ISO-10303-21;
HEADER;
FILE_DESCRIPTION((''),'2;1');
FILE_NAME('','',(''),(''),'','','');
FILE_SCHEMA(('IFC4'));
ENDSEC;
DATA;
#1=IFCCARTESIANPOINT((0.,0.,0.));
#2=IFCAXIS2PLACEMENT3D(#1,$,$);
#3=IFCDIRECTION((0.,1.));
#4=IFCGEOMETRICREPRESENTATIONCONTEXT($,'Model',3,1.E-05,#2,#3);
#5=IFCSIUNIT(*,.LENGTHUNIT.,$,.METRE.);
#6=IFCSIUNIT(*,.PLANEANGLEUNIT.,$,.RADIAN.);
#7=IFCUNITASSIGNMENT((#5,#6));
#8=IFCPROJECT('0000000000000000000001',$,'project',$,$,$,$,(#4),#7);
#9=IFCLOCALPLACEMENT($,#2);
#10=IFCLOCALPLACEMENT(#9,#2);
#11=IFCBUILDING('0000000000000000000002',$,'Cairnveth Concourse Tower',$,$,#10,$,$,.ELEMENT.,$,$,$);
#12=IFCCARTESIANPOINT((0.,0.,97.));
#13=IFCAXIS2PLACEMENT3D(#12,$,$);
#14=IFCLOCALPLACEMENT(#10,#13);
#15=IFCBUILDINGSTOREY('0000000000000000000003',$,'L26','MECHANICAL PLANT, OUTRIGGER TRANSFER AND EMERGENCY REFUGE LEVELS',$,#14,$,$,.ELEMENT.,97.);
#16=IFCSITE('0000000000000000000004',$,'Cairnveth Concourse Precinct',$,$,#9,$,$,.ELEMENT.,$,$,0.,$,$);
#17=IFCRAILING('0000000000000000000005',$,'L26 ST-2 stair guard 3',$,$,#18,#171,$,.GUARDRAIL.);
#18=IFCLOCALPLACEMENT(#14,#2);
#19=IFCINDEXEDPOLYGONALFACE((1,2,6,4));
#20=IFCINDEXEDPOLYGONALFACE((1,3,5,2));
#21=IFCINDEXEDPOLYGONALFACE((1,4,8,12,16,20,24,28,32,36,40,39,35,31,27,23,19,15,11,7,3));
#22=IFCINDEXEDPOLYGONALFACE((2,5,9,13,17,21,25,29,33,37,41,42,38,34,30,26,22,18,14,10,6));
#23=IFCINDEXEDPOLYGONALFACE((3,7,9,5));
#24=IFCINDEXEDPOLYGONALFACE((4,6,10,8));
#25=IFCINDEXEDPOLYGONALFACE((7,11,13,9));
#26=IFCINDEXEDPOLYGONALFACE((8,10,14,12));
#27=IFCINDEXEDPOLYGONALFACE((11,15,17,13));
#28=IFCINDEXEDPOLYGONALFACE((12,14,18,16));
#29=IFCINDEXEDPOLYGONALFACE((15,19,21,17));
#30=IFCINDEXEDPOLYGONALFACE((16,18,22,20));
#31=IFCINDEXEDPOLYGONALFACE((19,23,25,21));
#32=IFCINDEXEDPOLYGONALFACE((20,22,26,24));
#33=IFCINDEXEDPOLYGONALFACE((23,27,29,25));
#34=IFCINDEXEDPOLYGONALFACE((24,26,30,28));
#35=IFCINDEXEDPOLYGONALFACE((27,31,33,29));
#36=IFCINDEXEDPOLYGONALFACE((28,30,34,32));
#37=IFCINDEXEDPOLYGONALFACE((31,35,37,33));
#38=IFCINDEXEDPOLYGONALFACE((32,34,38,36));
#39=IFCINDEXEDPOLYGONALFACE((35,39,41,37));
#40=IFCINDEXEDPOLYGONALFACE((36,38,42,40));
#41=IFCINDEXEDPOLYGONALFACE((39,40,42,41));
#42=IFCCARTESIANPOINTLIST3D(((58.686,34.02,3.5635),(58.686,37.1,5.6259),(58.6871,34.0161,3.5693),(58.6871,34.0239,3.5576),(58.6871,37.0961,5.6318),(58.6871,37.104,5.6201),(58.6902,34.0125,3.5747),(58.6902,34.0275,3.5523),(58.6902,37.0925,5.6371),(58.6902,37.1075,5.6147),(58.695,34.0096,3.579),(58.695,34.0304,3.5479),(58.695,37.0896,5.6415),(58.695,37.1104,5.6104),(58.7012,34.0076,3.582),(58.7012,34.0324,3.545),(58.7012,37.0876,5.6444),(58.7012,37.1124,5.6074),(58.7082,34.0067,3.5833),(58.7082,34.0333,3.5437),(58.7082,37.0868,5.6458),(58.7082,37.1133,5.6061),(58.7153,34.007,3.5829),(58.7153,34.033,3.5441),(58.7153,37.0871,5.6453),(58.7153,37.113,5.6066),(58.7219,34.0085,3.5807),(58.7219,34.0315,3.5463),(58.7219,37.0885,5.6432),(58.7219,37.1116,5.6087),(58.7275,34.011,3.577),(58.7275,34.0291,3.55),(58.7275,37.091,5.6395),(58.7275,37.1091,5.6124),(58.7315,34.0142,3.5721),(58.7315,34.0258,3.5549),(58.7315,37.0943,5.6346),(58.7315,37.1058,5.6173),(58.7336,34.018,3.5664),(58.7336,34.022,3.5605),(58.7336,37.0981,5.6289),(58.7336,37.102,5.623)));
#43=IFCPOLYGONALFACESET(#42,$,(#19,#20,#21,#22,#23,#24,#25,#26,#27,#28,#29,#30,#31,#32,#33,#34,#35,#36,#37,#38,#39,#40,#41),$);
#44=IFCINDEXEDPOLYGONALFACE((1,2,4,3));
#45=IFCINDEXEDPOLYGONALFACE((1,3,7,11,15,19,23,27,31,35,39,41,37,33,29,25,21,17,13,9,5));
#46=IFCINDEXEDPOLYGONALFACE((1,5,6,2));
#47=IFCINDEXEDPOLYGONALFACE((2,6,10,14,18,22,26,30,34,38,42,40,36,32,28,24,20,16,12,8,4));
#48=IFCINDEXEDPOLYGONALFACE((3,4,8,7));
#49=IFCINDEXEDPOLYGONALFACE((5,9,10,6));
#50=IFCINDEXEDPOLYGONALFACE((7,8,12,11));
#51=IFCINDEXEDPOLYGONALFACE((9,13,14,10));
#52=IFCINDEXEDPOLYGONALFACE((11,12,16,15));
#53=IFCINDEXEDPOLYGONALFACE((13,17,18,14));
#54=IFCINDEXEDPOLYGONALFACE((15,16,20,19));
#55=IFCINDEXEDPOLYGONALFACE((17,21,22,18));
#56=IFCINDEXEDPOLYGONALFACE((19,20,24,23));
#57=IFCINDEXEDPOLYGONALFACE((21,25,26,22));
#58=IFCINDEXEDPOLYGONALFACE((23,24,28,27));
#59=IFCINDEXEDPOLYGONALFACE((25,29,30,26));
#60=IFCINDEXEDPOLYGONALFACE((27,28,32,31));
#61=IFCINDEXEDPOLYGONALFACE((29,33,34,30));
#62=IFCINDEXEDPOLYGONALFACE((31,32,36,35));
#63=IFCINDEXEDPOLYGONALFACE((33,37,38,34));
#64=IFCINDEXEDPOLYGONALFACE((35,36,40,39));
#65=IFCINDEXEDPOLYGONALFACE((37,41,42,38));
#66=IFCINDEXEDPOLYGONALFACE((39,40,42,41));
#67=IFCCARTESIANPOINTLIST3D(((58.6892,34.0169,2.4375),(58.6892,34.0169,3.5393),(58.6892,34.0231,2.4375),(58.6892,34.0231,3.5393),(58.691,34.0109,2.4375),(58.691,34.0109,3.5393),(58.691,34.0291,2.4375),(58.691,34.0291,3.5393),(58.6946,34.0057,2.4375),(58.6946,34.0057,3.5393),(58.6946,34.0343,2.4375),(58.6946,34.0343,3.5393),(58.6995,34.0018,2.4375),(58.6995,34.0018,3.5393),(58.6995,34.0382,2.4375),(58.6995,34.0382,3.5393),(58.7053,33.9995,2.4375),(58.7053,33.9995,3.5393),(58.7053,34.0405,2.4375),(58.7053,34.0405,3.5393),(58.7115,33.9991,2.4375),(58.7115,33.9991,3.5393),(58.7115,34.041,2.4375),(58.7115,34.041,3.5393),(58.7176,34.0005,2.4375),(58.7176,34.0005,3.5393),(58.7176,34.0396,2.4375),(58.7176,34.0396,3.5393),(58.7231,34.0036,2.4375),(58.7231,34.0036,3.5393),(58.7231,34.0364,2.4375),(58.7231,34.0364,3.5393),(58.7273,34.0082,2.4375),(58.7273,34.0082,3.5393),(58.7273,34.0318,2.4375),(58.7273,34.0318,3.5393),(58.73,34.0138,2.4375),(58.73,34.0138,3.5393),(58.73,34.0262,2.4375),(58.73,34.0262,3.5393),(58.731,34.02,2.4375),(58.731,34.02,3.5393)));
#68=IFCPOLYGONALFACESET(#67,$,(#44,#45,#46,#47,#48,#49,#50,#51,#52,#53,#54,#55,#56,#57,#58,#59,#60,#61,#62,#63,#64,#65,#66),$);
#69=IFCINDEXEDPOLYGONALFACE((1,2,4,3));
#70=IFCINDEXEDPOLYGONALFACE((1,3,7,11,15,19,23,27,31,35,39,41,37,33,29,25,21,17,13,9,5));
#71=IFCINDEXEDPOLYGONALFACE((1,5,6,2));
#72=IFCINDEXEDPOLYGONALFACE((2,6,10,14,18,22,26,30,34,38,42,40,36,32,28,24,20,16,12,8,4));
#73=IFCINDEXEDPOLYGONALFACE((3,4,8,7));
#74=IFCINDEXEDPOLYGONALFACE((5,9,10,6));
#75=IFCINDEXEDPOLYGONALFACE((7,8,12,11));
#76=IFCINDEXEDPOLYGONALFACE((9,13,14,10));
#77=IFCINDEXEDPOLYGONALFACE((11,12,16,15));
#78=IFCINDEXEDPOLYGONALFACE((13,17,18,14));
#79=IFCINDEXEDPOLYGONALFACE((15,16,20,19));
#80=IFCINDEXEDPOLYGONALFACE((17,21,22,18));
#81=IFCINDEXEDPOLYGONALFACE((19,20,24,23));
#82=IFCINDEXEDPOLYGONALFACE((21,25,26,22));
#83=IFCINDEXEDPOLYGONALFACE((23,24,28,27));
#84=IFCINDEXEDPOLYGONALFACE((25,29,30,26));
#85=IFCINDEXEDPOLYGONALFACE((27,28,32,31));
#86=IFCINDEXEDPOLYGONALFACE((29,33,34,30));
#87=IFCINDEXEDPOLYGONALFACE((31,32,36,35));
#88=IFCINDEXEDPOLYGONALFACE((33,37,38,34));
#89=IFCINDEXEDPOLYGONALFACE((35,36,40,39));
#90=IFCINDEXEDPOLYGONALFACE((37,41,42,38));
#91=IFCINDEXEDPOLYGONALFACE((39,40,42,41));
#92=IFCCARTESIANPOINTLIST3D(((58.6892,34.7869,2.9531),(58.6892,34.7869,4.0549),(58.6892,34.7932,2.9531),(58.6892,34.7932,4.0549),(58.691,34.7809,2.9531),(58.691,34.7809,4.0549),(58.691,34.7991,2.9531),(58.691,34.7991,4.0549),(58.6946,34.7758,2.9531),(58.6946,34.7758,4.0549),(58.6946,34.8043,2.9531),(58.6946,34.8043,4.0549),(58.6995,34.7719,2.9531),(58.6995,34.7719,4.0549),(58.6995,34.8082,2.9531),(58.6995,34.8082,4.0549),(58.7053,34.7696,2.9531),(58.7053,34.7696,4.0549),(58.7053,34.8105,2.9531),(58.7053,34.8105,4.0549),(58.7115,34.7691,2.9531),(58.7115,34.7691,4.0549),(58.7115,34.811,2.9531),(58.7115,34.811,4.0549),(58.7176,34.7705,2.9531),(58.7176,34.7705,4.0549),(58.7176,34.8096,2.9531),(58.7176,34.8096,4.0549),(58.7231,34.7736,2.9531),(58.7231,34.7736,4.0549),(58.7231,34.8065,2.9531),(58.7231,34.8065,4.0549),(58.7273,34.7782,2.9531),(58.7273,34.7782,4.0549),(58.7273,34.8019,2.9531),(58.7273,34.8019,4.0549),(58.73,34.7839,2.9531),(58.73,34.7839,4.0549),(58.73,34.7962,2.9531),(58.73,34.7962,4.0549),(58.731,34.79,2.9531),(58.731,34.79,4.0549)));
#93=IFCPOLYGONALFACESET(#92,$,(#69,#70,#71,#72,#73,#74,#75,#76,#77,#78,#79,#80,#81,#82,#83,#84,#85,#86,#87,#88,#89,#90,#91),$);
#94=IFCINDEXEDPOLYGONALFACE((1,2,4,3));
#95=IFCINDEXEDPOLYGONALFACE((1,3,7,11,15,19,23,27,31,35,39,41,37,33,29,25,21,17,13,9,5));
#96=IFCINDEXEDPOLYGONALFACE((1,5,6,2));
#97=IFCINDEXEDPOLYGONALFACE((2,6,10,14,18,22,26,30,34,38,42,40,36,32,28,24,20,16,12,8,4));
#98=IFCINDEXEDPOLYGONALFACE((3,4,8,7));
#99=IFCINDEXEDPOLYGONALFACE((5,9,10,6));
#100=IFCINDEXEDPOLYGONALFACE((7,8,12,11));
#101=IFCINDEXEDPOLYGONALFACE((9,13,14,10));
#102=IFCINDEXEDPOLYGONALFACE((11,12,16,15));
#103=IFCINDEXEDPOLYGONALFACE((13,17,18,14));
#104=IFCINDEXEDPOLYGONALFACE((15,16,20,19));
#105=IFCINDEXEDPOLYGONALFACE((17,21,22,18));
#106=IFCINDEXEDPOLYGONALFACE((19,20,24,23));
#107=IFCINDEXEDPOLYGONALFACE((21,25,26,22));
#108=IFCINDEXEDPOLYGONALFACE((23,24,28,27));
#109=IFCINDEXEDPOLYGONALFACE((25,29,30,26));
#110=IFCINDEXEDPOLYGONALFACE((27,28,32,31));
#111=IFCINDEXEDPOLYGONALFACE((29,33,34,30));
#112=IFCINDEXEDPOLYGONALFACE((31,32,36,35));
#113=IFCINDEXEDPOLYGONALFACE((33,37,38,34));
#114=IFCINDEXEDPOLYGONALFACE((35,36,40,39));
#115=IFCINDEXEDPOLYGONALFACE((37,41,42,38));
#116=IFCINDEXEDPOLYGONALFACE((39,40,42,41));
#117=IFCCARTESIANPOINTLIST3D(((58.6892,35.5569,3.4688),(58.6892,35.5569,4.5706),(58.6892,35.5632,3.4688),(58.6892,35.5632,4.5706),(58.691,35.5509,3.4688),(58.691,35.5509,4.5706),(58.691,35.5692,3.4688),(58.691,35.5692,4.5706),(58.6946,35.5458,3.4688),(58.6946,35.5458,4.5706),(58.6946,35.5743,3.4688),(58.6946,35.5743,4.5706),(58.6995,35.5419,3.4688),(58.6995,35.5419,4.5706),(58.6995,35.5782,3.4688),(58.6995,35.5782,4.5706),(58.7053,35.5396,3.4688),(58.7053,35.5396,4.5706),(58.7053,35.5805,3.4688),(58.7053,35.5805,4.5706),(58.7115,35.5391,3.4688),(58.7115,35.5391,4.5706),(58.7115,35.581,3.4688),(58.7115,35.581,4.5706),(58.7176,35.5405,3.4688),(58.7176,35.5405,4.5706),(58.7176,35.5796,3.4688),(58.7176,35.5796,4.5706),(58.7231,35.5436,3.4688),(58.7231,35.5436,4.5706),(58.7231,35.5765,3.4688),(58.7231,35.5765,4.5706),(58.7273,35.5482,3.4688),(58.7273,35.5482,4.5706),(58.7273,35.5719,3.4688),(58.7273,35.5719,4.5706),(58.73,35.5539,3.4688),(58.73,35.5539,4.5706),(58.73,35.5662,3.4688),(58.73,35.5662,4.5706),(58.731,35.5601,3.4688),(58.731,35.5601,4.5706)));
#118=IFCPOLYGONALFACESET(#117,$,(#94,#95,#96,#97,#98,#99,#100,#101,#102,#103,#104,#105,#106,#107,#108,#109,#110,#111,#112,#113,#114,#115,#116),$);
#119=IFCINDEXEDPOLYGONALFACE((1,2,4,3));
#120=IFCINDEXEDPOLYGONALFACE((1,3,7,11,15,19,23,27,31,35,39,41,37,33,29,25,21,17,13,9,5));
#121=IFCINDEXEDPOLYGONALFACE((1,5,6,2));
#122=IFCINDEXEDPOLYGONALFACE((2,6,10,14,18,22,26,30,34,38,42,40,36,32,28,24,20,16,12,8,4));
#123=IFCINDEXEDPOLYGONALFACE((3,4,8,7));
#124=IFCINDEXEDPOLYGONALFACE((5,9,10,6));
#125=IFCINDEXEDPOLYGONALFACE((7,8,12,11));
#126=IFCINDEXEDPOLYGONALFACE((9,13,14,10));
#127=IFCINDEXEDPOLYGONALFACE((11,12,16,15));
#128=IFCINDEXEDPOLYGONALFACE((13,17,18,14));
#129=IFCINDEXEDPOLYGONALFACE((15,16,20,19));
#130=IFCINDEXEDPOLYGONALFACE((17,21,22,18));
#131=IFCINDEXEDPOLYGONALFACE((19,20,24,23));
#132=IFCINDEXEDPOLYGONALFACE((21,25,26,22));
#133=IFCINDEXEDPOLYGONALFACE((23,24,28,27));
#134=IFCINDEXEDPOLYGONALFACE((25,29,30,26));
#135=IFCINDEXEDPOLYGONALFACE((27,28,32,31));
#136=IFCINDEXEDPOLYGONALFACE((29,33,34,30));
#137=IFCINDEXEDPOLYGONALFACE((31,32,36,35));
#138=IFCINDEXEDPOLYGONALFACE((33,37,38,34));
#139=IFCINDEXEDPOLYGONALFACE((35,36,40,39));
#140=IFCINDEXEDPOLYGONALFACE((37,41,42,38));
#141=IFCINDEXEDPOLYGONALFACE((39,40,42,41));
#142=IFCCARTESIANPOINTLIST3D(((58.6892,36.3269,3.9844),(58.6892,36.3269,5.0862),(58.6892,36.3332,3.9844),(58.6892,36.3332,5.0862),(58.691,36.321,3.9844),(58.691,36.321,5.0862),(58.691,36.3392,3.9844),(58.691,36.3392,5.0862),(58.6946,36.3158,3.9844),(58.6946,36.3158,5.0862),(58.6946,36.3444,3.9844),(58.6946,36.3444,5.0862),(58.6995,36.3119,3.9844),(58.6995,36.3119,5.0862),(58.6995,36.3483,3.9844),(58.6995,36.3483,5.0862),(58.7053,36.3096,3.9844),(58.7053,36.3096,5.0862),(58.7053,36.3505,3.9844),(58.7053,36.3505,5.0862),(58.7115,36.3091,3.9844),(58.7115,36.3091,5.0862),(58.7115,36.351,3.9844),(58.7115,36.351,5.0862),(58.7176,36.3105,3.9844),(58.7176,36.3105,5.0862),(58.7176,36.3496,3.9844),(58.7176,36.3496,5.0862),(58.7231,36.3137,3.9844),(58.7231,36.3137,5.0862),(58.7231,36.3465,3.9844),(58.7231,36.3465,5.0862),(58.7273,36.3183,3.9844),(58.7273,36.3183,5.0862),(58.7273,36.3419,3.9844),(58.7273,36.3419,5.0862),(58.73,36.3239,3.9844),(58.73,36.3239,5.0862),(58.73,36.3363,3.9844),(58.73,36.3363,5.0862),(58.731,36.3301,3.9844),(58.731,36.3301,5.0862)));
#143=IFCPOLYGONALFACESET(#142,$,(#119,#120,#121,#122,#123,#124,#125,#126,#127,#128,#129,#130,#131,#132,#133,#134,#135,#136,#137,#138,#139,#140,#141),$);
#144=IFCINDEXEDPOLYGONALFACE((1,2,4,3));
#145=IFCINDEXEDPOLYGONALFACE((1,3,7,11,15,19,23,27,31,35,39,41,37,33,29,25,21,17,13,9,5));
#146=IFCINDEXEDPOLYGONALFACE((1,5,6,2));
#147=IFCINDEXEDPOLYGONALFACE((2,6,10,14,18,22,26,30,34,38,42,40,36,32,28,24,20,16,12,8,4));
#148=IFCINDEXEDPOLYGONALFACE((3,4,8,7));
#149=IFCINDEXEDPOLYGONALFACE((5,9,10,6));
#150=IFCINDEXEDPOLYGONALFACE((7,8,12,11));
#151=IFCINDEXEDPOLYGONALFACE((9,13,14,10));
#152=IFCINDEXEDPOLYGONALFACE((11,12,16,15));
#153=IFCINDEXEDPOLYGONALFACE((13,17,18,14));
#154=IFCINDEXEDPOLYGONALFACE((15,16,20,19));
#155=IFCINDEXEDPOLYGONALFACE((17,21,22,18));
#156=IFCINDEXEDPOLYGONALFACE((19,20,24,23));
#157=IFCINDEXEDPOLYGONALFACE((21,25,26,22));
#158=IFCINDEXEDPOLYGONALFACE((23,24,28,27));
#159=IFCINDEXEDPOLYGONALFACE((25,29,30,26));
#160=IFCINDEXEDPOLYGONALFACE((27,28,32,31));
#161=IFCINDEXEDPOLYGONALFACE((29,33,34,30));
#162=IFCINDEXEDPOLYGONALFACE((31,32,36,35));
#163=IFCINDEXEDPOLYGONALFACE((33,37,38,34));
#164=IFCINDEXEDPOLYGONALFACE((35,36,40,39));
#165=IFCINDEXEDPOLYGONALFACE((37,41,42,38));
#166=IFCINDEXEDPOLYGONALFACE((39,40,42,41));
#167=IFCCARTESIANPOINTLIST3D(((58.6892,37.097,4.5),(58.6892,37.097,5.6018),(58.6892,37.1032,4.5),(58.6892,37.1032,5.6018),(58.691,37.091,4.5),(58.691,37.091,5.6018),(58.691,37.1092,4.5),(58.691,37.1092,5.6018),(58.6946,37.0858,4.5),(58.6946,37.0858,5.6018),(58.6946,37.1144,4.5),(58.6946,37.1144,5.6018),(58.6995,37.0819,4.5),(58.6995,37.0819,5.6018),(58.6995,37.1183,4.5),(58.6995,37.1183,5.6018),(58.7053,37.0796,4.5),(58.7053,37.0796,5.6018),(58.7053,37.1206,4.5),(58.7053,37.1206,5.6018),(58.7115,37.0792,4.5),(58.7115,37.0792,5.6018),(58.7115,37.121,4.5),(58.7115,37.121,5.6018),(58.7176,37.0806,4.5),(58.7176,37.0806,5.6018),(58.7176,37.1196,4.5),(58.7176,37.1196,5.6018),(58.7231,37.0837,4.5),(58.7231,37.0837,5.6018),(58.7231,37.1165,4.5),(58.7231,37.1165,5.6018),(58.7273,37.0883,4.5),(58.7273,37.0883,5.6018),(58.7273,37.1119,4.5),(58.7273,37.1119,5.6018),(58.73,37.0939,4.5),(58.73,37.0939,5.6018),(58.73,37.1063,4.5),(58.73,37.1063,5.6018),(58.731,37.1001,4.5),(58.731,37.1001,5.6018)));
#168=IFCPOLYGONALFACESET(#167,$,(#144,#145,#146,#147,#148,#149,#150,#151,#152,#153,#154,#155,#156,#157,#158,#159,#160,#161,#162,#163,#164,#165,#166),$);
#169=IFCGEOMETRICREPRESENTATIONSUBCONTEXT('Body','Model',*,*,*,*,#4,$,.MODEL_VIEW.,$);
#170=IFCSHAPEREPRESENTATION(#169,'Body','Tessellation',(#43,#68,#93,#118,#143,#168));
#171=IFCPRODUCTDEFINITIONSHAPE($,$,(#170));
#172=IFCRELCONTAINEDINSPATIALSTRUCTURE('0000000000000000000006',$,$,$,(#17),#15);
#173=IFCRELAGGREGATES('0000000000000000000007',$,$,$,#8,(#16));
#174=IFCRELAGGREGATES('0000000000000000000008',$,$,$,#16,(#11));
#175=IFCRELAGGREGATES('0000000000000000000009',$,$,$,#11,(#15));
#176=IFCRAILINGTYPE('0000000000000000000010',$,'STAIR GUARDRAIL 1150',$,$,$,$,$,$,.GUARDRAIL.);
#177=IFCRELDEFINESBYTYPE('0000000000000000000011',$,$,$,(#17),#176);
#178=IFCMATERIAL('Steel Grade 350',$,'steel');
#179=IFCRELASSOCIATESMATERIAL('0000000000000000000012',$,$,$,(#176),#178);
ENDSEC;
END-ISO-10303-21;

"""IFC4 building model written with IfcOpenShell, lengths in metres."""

from ifc_helpers import new_model, si_unit, direction, frame, origin, origin_2d, place, context, subcontext, project, spatial, circle, extrude, material, type_object, element, save


model = new_model("IFC4")

# Units and contexts
model_context = context("Model", 3, precision=1e-05, world=origin(), true_north=direction((0.0, 1.0)))
body_context = subcontext(model_context, "Body", "Model", "MODEL_VIEW")
ifc_project = project(units=[si_unit("LENGTHUNIT", "METRE"), si_unit("PLANEANGLEUNIT", "RADIAN")], contexts=[model_context])

# Site, building, storey
site_placement = place(None, origin())
site = spatial("IfcSite", under=ifc_project, at=site_placement, Name="Cairnveth Concourse Precinct", CompositionType="ELEMENT", RefElevation=0.0)
building_placement = place(site_placement, origin())
building = spatial("IfcBuilding", under=site, at=building_placement, Name="Cairnveth Concourse Tower", CompositionType="ELEMENT")
storey_placement = place(building_placement, frame((0.0, 0.0, 97.0)))
storey = spatial("IfcBuildingStorey", under=building, at=storey_placement, Name="L26", Description="MECHANICAL PLANT, OUTRIGGER TRANSFER AND EMERGENCY REFUGE LEVELS", CompositionType="ELEMENT", Elevation=97.0)

# Shared definitions
ifc_material_1 = material(Name="Steel Grade 350", Category="steel")

# Railing
railing_type_1 = type_object("IfcRailingType", Name="STAIR GUARDRAIL 1150", PredefinedType="GUARDRAIL", material=ifc_material_1)
railing_1_placement = place(storey_placement, frame((58.71, 34.02, 2.4375)))
element("IfcRailing", 1, at=railing_1_placement, inside=storey, type_object=railing_type_1, Name="L26 ST-2 stair guard 3", PredefinedType="GUARDRAIL", context=body_context, shape_type="SweptSolid", body=[
    extrude(circle(Radius=0.0239, at=origin_2d()), frame((0.0, 0.0, 1.126), z_axis=(0.0, 0.830914, 0.556401), x_axis=(-1.0, 0.0, 0.0)), (0.0, 0.0, 1.0), 3.7068),
    extrude(circle(Radius=0.021, at=origin_2d()), origin(), (0.0, 0.0, 1.0), 1.1018),
    extrude(circle(Radius=0.021, at=origin_2d()), frame((0.0, 0.77, 0.5156)), (0.0, 0.0, 1.0), 1.1018),
    extrude(circle(Radius=0.021, at=origin_2d()), frame((0.0, 1.54, 1.0312)), (0.0, 0.0, 1.0), 1.1018),
    extrude(circle(Radius=0.021, at=origin_2d()), frame((0.0, 2.3101, 1.5469)), (0.0, 0.0, 1.0), 1.1018),
    extrude(circle(Radius=0.021, at=origin_2d()), frame((0.0, 3.0801, 2.0625)), (0.0, 0.0, 1.0), 1.1018),
])

save(model, "model.ifc")
